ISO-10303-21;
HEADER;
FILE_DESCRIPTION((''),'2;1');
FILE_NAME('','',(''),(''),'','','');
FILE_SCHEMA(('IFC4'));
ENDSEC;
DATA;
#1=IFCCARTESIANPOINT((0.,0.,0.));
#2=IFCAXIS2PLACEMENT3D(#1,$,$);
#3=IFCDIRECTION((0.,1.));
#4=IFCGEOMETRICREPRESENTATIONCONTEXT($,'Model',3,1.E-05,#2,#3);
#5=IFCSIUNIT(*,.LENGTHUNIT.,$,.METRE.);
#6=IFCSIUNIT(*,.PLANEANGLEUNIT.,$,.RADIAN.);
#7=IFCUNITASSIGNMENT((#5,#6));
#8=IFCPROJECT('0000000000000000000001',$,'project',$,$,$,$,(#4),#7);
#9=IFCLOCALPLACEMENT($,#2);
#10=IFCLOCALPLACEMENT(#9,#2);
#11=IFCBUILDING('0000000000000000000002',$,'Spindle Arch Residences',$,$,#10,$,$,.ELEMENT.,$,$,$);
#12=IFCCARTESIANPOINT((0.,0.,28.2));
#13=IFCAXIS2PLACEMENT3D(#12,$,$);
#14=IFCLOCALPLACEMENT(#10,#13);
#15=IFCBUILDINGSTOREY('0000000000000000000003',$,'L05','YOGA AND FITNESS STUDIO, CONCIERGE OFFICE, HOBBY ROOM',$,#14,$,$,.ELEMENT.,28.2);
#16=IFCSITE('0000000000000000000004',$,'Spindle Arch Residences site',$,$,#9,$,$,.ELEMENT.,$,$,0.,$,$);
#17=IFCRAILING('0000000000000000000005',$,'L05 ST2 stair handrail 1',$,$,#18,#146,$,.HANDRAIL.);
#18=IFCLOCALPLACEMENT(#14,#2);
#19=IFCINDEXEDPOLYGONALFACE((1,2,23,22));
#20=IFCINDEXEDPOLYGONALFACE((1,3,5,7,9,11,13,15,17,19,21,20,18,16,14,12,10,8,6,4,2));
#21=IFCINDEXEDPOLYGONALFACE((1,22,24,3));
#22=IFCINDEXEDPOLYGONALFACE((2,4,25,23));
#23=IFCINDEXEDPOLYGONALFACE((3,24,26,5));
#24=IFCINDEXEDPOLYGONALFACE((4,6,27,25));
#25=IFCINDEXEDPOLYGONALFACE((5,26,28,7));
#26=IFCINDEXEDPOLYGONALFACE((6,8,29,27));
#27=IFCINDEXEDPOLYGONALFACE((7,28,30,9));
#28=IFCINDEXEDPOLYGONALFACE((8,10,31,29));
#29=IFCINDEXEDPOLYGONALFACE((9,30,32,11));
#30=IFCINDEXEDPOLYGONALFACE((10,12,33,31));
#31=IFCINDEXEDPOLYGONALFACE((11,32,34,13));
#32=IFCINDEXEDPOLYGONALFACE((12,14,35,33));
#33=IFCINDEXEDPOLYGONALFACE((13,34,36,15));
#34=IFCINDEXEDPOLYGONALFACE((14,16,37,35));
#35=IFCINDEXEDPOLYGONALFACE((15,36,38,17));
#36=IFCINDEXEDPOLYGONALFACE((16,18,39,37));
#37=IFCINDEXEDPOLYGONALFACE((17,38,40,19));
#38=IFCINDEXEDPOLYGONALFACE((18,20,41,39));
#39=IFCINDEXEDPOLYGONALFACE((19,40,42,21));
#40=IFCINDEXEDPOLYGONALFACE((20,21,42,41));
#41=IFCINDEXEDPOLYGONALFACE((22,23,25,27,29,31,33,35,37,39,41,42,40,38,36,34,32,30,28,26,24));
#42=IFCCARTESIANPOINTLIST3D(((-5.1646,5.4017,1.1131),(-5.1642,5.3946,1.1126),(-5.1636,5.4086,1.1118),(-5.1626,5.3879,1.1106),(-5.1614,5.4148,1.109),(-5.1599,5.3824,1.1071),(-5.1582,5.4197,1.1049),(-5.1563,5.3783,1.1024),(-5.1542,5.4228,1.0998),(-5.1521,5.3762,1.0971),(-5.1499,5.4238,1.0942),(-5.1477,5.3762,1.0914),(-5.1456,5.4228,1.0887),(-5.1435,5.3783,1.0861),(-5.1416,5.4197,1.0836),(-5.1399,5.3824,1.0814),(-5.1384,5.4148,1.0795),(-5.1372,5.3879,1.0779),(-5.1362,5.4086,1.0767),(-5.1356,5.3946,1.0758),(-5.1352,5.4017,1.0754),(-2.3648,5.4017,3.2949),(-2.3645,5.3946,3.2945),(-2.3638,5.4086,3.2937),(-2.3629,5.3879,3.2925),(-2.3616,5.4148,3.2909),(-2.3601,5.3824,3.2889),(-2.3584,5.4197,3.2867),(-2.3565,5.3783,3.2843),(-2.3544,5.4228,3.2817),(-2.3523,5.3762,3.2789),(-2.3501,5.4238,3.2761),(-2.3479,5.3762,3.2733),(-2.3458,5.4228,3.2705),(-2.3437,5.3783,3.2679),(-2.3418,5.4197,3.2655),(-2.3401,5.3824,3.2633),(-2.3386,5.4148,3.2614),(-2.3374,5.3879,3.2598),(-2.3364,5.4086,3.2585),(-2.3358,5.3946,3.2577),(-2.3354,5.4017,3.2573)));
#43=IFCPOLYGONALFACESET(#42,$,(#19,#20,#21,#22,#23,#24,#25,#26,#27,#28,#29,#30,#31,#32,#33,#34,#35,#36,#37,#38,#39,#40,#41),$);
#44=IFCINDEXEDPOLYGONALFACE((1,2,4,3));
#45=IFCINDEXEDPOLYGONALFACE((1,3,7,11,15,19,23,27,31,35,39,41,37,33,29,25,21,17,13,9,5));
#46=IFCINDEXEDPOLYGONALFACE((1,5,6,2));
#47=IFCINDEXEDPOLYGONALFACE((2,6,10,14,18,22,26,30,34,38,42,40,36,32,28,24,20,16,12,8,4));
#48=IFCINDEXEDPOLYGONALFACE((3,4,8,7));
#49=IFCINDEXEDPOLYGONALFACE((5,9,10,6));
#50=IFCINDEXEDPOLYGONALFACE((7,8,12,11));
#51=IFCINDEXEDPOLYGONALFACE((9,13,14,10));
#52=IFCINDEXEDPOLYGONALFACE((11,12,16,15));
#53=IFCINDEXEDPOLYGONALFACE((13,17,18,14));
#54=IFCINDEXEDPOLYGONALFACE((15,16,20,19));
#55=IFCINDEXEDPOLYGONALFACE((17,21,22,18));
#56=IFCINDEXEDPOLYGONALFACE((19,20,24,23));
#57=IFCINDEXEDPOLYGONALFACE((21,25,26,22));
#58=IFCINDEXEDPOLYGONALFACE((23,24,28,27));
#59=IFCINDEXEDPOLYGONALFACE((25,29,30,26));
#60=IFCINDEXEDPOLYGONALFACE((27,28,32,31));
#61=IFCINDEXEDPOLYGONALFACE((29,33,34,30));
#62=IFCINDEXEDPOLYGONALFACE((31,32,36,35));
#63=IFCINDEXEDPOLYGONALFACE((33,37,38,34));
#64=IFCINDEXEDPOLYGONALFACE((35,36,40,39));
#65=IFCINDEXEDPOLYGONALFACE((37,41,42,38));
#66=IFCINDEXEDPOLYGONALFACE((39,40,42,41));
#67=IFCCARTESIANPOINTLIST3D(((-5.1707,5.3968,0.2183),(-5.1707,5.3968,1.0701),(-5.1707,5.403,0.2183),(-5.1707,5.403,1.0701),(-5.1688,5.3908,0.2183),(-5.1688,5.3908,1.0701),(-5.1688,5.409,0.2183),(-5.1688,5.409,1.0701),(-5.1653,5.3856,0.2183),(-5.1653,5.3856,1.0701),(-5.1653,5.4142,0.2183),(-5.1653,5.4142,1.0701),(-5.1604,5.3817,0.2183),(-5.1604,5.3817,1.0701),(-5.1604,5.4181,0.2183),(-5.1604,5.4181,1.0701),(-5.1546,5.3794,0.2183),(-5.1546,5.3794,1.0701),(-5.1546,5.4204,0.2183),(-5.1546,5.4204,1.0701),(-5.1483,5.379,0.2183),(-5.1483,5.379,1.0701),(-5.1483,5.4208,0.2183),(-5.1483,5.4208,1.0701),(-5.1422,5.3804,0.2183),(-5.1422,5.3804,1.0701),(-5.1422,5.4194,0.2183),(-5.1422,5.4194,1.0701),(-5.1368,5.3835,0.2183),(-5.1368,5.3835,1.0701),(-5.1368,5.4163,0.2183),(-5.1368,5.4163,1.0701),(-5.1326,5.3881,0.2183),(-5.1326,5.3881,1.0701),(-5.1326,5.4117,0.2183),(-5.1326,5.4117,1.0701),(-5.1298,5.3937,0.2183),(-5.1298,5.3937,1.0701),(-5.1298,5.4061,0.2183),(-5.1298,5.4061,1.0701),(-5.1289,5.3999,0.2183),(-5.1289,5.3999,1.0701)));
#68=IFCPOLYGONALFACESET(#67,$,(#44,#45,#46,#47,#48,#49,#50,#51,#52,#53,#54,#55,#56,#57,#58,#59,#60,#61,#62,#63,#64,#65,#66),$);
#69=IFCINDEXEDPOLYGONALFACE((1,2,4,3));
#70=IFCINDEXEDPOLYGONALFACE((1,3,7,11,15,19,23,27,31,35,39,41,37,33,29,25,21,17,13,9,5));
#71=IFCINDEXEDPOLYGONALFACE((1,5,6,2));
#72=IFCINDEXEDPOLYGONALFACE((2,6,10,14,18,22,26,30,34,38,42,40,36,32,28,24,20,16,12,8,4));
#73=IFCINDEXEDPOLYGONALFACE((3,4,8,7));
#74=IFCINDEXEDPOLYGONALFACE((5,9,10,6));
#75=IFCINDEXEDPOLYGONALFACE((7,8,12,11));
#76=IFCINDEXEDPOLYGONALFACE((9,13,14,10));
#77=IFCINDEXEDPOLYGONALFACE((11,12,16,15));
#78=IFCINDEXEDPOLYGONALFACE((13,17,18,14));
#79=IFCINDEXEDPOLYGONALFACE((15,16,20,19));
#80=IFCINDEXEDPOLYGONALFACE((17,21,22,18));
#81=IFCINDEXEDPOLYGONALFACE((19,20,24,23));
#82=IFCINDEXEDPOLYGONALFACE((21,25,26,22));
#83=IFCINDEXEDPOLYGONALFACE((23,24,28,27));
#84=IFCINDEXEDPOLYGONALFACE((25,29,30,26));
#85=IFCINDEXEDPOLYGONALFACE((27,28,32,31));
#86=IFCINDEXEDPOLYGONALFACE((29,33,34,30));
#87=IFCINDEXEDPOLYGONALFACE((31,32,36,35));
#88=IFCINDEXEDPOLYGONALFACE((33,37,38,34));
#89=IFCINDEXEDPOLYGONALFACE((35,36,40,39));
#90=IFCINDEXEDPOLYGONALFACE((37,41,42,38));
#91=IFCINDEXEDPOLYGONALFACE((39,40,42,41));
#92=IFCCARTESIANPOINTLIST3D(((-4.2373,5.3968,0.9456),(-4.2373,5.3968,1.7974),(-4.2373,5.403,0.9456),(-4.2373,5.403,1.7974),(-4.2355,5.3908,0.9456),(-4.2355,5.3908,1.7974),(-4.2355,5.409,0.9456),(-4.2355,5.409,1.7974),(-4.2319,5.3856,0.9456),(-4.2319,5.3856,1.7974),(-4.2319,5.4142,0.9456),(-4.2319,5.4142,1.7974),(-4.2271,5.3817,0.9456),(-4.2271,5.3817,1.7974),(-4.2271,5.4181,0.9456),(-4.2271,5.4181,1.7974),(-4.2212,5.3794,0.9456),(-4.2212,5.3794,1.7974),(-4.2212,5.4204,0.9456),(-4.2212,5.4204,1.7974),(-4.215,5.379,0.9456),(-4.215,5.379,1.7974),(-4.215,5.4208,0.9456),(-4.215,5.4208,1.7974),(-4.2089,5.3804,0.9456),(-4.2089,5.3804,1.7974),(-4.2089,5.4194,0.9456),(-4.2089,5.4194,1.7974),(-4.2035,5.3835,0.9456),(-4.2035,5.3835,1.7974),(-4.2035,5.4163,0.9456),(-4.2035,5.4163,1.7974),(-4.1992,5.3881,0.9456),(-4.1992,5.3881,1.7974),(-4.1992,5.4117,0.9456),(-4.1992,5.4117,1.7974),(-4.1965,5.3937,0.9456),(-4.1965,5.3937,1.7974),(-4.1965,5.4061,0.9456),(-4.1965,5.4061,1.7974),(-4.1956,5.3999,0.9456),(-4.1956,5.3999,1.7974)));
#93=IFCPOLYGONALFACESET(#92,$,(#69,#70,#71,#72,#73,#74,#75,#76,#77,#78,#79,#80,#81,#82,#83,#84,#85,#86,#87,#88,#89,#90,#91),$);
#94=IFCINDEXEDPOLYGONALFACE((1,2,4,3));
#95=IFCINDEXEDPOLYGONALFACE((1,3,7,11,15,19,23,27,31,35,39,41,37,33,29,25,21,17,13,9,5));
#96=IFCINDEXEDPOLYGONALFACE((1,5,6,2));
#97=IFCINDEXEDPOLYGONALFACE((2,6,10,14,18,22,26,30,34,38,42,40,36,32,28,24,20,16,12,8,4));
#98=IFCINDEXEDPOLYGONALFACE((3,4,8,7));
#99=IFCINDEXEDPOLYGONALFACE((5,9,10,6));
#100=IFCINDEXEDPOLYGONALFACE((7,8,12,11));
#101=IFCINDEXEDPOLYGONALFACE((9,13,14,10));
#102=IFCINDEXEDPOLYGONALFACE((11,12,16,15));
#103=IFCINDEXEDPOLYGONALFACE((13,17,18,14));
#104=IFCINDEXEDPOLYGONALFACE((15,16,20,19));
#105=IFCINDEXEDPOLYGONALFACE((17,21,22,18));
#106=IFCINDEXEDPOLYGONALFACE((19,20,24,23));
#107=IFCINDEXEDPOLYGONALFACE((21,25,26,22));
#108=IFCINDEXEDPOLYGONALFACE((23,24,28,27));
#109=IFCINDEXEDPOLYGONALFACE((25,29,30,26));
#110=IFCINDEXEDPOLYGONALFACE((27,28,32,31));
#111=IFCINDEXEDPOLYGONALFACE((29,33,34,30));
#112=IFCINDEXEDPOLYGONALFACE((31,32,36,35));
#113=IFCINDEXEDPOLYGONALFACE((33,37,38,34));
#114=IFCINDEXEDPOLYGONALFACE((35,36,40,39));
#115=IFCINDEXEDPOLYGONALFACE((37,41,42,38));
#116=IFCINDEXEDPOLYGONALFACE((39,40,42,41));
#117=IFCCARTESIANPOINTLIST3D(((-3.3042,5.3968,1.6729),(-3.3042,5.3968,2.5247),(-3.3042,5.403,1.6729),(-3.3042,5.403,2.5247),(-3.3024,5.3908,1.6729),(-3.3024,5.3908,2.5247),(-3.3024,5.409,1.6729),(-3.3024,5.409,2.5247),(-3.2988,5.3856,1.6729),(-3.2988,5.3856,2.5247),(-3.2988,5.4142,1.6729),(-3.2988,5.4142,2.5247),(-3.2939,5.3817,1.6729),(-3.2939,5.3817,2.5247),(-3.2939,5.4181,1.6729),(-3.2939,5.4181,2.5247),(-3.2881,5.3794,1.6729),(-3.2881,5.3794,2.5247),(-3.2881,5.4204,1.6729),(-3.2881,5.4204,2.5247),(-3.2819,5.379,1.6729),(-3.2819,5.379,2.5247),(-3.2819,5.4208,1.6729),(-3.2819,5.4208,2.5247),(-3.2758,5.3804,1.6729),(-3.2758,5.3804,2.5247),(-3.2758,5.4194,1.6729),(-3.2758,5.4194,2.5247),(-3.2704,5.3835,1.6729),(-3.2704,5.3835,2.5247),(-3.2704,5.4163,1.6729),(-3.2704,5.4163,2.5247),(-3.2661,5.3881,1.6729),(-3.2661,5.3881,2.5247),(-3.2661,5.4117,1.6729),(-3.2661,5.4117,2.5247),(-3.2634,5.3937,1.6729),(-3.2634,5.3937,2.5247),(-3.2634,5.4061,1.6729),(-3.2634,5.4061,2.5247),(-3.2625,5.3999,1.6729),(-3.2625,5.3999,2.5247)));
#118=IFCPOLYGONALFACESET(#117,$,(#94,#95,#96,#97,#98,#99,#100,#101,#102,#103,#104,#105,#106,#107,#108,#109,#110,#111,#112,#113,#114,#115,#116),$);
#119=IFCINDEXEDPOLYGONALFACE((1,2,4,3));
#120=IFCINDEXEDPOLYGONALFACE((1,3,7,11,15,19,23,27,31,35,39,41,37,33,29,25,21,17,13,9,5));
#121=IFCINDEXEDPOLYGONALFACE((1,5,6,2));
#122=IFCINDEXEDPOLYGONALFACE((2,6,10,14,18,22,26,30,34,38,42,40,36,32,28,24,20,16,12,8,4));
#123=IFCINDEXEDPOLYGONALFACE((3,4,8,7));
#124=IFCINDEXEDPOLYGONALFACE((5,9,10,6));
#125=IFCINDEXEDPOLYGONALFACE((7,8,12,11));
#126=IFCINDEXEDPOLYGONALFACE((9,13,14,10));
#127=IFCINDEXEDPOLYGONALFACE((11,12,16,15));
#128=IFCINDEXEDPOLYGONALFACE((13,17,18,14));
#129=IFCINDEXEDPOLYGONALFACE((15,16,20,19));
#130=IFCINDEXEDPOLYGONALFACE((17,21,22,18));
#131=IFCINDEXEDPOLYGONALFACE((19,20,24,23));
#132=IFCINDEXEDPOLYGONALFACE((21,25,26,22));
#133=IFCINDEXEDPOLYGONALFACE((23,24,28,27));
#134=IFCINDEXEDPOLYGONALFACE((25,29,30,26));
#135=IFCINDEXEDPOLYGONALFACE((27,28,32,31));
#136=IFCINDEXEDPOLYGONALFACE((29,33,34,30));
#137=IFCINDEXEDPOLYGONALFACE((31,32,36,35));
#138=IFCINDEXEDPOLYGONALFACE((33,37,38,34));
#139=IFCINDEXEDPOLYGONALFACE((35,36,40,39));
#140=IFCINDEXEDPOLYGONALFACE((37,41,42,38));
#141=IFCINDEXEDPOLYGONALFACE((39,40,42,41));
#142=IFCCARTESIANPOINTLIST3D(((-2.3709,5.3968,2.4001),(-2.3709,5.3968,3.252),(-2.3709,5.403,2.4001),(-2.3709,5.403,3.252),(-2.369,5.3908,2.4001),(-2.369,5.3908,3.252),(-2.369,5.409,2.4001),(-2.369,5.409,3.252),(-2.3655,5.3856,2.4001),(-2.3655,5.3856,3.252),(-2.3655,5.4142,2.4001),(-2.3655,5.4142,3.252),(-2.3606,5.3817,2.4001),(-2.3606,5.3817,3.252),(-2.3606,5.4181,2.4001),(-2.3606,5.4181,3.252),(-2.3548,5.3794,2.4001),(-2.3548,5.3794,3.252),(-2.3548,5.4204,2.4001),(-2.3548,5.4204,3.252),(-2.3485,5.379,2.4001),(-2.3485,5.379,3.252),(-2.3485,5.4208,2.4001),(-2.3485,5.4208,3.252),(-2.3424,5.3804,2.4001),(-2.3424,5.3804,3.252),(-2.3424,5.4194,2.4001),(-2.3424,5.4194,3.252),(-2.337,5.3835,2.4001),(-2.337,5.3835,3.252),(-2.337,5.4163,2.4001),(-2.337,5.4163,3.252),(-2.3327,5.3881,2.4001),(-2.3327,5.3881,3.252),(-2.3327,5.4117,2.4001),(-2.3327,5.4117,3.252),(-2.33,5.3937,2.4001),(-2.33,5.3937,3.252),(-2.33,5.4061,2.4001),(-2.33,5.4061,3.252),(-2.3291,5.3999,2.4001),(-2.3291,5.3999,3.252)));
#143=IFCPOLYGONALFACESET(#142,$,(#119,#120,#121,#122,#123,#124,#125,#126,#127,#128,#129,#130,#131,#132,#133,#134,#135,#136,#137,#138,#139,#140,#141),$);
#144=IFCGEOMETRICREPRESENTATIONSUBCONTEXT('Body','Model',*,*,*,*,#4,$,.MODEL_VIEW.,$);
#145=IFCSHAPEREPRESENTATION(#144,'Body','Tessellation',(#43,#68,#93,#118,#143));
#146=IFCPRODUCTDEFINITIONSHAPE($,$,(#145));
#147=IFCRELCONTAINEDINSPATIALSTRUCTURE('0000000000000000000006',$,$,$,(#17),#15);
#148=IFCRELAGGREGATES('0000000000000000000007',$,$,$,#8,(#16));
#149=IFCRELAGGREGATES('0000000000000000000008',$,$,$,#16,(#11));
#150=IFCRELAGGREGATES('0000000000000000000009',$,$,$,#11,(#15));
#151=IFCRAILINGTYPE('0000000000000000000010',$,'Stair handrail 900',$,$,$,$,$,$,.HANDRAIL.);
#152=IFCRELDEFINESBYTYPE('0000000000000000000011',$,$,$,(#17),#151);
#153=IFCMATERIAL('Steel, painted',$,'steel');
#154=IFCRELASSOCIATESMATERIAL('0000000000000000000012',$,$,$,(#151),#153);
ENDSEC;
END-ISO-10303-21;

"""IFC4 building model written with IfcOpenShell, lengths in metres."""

from ifc_helpers import new_model, si_unit, direction, frame, origin, origin_2d, place, context, subcontext, project, spatial, circle, extrude, material, type_object, element, save


model = new_model("IFC4")

# Units and contexts
model_context = context("Model", 3, precision=1e-05, world=origin(), true_north=direction((0.0, 1.0)))
body_context = subcontext(model_context, "Body", "Model", "MODEL_VIEW")
ifc_project = project(units=[si_unit("LENGTHUNIT", "METRE"), si_unit("PLANEANGLEUNIT", "RADIAN")], contexts=[model_context])

# Site, building, storey
site_placement = place(None, origin())
site = spatial("IfcSite", under=ifc_project, at=site_placement, Name="Spindle Arch Residences site", CompositionType="ELEMENT", RefElevation=0.0)
building_placement = place(site_placement, origin())
building = spatial("IfcBuilding", under=site, at=building_placement, Name="Spindle Arch Residences", CompositionType="ELEMENT")
storey_placement = place(building_placement, frame((0.0, 0.0, 28.2)))
storey = spatial("IfcBuildingStorey", under=building, at=storey_placement, Name="L05", Description="YOGA AND FITNESS STUDIO, CONCIERGE OFFICE, HOBBY ROOM", CompositionType="ELEMENT", Elevation=28.2)

# Railing
ifc_material_1 = material(Name="Steel, painted", Category="steel")
railing_type = type_object("IfcRailingType", Name="Stair handrail 900", PredefinedType="HANDRAIL", material=ifc_material_1)
railing_placement = place(storey_placement, frame((-5.1499, 5.3999, 0.2183)))
element("IfcRailing", 1, at=railing_placement, inside=storey, type_object=railing_type, Name="L05 ST2 stair handrail 1", PredefinedType="HANDRAIL", context=body_context, shape_type="SweptSolid", body=[
    extrude(circle(Radius=0.0239, at=origin_2d()), frame((0.0, 0.0, 0.876), z_axis=(0.78877, 0.0, 0.614688), x_axis=(0.0, 1.0, 0.0)), (0.0, 0.0, 1.0), 3.5496),
    extrude(circle(Radius=0.021, at=origin_2d()), origin(), (0.0, 0.0, 1.0), 0.8518),
    extrude(circle(Radius=0.021, at=origin_2d()), frame((0.9333, 0.0, 0.7273)), (0.0, 0.0, 1.0), 0.8518),
    extrude(circle(Radius=0.021, at=origin_2d()), frame((1.8665, 0.0, 1.4546)), (0.0, 0.0, 1.0), 0.8518),
    extrude(circle(Radius=0.021, at=origin_2d()), frame((2.7998, 0.0, 2.1819)), (0.0, 0.0, 1.0), 0.8518),
])

save(model, "model.ifc")
